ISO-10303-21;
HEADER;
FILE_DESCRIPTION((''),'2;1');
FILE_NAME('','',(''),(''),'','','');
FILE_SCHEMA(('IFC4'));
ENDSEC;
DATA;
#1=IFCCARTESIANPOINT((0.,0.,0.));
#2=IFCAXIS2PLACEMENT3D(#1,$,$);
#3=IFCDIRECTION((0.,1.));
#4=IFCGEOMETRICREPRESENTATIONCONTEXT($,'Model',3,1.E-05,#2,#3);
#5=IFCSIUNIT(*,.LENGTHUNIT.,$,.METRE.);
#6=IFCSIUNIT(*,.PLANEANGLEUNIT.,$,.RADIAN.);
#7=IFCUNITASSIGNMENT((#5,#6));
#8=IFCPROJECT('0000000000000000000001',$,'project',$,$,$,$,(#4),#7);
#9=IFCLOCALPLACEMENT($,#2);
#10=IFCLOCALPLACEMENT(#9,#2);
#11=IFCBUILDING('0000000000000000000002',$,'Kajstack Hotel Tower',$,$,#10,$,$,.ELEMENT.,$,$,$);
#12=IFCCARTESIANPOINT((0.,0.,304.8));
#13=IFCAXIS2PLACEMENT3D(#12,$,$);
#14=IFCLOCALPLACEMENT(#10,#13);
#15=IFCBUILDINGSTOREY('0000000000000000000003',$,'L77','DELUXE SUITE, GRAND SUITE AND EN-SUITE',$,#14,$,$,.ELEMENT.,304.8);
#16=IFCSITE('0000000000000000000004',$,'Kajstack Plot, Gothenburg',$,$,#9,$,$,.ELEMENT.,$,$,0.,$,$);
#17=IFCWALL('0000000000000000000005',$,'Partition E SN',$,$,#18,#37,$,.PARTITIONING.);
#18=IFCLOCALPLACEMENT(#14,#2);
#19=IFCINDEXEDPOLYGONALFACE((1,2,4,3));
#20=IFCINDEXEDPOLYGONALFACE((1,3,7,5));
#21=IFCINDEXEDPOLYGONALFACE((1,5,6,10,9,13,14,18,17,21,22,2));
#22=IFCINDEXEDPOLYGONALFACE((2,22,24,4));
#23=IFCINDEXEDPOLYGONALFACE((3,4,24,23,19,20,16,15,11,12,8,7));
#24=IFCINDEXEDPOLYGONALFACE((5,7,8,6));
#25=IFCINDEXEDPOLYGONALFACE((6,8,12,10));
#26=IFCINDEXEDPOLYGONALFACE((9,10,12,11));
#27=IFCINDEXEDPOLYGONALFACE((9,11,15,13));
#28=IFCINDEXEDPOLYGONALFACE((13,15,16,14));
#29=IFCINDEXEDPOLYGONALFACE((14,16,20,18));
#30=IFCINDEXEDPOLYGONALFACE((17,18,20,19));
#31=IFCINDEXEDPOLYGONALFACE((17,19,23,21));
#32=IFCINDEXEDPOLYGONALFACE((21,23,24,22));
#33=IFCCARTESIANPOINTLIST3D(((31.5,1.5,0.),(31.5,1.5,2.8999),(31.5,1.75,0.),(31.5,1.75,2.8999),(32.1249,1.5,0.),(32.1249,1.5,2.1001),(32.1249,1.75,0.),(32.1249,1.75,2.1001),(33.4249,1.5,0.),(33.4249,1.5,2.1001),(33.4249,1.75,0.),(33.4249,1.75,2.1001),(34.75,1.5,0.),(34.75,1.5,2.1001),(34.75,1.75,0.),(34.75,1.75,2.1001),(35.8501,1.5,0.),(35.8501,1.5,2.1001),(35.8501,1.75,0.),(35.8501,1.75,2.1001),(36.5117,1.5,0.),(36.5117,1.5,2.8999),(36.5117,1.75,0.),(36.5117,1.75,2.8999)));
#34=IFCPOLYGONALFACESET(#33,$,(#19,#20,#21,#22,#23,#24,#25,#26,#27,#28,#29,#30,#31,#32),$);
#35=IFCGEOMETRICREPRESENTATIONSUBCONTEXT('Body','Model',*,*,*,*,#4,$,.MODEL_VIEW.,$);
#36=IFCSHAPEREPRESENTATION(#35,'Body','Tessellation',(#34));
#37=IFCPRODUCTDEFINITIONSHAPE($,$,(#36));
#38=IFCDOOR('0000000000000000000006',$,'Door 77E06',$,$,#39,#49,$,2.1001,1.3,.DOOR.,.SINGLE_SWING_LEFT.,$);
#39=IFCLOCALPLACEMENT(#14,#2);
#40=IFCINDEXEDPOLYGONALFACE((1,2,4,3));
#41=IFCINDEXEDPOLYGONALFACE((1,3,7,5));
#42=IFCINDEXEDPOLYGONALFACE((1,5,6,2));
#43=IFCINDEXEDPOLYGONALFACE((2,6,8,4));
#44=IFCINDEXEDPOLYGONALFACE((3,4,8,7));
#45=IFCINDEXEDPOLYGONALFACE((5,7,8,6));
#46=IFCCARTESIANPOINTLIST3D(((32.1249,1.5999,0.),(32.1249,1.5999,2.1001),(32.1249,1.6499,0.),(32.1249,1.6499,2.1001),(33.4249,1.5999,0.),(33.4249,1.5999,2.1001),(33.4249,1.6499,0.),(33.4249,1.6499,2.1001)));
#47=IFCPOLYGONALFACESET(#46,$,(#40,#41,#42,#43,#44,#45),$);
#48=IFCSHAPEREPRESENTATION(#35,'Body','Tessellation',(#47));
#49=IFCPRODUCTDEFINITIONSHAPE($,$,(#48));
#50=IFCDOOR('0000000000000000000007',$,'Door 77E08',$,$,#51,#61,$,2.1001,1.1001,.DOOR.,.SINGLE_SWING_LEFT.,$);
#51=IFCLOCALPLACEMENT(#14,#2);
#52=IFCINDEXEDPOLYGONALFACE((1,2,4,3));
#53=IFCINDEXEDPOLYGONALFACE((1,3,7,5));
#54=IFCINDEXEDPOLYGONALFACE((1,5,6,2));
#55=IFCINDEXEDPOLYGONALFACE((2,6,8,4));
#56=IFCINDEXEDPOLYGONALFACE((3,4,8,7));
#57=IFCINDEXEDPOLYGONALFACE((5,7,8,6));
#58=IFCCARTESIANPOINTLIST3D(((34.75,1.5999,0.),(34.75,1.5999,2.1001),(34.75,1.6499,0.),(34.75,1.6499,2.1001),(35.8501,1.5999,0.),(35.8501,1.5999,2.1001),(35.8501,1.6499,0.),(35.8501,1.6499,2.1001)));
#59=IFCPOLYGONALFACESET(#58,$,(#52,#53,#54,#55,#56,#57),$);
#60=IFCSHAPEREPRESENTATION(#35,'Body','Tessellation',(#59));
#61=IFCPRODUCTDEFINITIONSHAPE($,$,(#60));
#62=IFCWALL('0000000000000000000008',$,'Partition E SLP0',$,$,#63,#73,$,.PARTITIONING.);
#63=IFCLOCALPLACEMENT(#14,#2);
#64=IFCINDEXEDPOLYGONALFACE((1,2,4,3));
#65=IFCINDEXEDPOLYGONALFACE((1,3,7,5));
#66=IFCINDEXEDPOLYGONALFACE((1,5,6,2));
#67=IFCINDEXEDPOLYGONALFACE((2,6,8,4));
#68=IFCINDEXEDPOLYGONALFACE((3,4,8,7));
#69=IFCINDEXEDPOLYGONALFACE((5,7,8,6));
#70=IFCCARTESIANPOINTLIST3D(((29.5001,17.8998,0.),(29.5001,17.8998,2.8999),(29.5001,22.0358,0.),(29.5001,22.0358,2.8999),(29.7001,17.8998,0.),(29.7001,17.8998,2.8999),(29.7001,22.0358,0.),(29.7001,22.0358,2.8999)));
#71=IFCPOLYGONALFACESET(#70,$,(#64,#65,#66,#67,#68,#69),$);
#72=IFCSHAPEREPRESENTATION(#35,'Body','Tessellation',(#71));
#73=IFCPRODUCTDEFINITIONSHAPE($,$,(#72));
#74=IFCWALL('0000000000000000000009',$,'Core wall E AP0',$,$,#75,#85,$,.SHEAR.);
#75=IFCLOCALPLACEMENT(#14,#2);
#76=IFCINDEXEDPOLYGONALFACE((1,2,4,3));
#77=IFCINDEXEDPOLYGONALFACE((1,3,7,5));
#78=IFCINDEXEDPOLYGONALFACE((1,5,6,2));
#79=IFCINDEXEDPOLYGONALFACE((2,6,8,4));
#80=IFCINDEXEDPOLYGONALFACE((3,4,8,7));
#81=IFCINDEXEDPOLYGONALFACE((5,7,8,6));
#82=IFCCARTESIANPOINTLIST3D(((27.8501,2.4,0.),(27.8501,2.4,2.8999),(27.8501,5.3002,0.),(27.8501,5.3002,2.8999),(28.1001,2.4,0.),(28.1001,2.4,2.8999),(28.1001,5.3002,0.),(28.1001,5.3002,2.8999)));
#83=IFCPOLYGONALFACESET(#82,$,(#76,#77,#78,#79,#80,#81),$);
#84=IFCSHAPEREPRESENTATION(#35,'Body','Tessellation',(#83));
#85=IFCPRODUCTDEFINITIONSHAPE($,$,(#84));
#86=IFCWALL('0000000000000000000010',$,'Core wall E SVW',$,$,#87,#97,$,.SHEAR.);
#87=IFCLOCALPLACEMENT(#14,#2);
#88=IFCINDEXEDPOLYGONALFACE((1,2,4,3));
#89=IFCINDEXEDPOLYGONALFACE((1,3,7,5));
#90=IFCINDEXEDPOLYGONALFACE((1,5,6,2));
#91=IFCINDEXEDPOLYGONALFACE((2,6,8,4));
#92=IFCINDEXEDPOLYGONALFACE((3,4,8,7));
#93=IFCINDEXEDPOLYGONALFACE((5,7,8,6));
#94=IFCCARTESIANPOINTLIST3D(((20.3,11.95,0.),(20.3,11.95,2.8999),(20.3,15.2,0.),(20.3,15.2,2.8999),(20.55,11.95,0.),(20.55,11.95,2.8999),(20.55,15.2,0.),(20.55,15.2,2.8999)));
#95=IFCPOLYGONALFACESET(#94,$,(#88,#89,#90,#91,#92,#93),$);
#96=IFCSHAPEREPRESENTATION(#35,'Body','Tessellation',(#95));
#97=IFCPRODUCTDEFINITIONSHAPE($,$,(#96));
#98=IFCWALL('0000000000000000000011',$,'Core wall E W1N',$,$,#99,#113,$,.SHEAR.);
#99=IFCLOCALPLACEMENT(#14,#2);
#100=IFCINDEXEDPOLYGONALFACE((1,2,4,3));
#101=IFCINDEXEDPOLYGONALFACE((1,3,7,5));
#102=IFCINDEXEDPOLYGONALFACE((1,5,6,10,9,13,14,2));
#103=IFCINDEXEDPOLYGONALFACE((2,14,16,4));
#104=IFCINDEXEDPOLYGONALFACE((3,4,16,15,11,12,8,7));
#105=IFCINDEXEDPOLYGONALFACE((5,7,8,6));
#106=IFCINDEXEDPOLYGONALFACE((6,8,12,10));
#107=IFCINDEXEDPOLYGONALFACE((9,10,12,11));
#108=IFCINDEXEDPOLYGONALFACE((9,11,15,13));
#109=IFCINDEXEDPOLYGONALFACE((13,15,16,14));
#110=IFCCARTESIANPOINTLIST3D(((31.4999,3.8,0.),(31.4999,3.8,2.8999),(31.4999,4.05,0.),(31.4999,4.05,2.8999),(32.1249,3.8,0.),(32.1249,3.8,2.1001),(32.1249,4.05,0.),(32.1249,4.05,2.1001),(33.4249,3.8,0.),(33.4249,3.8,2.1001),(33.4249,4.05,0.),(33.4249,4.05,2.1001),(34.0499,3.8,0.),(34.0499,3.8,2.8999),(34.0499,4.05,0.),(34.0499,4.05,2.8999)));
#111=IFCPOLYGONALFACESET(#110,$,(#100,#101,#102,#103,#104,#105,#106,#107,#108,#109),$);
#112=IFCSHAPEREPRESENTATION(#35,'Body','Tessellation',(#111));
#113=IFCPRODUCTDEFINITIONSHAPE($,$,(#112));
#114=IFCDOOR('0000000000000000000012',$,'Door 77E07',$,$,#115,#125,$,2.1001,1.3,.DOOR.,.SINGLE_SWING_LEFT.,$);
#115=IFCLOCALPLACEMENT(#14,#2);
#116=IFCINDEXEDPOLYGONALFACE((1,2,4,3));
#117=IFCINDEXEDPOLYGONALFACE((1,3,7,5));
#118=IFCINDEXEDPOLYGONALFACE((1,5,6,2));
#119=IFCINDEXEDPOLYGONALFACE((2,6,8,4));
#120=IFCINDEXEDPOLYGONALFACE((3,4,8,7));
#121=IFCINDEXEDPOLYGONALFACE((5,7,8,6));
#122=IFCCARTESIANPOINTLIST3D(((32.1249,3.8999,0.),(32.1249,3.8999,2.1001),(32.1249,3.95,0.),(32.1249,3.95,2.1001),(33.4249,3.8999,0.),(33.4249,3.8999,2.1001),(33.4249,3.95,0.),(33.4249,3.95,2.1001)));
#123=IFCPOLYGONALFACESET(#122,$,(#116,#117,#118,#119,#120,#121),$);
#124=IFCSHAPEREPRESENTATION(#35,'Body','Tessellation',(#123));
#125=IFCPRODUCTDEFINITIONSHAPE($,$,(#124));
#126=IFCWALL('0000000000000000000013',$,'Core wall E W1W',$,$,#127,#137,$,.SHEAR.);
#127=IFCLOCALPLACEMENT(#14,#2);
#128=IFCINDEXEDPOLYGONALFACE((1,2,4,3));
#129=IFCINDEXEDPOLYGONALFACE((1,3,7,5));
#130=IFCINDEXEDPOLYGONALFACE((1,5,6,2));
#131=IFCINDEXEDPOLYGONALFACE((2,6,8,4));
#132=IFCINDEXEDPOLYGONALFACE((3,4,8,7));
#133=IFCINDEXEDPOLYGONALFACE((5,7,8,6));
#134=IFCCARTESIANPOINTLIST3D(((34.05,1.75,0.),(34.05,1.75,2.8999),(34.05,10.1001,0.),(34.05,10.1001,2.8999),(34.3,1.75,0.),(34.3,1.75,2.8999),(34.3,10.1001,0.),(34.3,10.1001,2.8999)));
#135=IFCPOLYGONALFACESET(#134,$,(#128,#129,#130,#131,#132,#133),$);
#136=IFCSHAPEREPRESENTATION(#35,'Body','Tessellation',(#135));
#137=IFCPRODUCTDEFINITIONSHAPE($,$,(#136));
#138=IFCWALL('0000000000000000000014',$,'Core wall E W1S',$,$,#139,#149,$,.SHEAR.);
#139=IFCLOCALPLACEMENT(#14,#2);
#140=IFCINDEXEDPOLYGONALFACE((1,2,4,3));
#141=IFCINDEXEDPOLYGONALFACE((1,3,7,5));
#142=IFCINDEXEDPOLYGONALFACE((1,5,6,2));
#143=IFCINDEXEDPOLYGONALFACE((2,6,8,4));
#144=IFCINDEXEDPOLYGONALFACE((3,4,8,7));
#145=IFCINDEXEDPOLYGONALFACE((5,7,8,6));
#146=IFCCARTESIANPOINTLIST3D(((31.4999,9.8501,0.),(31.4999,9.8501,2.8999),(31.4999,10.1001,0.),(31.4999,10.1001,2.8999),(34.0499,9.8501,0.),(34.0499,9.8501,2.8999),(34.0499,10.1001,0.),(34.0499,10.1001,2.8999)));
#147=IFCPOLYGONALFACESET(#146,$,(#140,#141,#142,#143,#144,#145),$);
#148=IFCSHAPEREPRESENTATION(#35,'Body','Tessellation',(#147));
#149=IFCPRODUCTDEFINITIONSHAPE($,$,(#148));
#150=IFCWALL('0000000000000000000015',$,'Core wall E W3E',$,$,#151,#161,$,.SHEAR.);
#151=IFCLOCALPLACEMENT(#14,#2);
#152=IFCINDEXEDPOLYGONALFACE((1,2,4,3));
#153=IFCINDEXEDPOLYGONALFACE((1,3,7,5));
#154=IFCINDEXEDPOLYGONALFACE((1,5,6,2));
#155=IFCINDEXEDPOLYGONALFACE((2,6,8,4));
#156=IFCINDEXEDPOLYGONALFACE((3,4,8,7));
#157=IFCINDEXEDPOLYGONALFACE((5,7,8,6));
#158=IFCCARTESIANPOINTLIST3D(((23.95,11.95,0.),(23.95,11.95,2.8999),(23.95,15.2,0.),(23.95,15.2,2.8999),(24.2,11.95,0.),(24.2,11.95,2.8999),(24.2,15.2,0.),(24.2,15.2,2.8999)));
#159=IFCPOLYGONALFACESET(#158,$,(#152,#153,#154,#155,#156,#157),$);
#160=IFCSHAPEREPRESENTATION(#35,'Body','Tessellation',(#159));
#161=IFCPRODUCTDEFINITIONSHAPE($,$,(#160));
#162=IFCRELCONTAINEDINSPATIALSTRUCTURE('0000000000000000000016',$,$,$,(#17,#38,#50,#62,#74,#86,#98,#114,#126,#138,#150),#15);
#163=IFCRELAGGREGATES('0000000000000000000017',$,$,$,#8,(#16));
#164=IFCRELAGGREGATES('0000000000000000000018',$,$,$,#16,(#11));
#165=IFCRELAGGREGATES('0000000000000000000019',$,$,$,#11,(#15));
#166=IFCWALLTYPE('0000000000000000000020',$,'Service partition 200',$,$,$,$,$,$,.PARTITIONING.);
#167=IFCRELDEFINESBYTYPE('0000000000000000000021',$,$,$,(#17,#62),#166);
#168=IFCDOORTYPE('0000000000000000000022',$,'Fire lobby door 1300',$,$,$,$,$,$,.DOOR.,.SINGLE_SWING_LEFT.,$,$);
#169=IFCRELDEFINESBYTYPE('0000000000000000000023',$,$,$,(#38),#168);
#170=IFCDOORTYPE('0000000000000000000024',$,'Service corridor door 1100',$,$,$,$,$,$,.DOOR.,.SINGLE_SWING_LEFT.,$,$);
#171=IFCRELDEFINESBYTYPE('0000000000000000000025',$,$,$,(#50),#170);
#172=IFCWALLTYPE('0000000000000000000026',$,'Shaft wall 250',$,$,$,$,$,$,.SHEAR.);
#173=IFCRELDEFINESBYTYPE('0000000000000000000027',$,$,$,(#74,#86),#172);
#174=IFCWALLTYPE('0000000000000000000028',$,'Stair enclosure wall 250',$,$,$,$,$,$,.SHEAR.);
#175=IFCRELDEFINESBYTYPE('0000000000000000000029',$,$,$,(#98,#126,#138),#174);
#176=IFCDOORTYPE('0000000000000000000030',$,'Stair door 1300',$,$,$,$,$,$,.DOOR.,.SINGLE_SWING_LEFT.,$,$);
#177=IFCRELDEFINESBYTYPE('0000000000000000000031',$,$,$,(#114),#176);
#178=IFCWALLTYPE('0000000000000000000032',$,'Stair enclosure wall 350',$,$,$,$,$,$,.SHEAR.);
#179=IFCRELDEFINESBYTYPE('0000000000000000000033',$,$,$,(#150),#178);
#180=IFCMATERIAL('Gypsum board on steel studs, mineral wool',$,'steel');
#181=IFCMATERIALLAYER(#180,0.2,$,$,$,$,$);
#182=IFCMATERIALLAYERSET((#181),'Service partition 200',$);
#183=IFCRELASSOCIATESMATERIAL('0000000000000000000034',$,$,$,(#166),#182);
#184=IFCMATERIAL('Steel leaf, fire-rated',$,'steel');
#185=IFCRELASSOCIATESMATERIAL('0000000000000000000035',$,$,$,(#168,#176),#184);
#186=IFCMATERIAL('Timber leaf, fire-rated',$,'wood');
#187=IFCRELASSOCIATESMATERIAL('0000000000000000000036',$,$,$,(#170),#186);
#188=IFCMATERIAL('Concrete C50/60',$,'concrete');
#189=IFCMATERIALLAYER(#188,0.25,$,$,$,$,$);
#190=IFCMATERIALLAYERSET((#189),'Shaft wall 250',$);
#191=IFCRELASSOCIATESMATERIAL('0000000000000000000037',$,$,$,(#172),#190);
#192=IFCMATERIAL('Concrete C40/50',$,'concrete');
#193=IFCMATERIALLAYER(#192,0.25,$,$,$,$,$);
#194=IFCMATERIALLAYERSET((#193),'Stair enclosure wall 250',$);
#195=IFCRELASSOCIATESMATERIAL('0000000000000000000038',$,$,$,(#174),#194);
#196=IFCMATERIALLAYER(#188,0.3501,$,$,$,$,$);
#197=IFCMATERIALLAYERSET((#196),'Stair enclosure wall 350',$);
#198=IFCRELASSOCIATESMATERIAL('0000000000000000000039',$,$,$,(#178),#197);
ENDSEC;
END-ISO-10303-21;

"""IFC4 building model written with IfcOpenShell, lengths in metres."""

from ifc_helpers import new_model, si_unit, direction, frame, frame_2d, origin, place, context, subcontext, project, spatial, rectangle, extrude, material, layer, layer_set, type_object, element, fill, save


model = new_model("IFC4")

# Units and contexts
model_context = context("Model", 3, precision=1e-05, world=origin(), true_north=direction((0.0, 1.0)))
body_context = subcontext(model_context, "Body", "Model", "MODEL_VIEW")
ifc_project = project(units=[si_unit("LENGTHUNIT", "METRE"), si_unit("PLANEANGLEUNIT", "RADIAN")], contexts=[model_context])

# Site, building, storey
site_placement = place(None, origin())
site = spatial("IfcSite", under=ifc_project, at=site_placement, Name="Kajstack Plot, Gothenburg", CompositionType="ELEMENT", RefElevation=0.0)
building_placement = place(site_placement, origin())
building = spatial("IfcBuilding", under=site, at=building_placement, Name="Kajstack Hotel Tower", CompositionType="ELEMENT")
storey_placement = place(building_placement, frame((0.0, 0.0, 304.8)))
storey = spatial("IfcBuildingStorey", under=building, at=storey_placement, Name="L77", Description="DELUXE SUITE, GRAND SUITE AND EN-SUITE", CompositionType="ELEMENT", Elevation=304.8)

# Shared definitions
ifc_material_1 = material(Name="Concrete C40/50", Category="concrete")
ifc_material_2 = material(Name="Concrete C50/60", Category="concrete")

# Wall, openings, doors
ifc_material_3 = material(Name="Gypsum board on steel studs, mineral wool", Category="steel")
ifc_layer_1 = layer(ifc_material_3, 0.2)
ifc_layer_set_1 = layer_set([ifc_layer_1], Name="Service partition 200")
wall_type_1 = type_object("IfcWallType", Name="Service partition 200", PredefinedType="PARTITIONING", material=ifc_layer_set_1)
wall_1_placement = place(storey_placement, frame((31.5, 1.625, 0.0), z_axis=(0.0, 0.0, 1.0), x_axis=(1.0, 0.0, 0.0)))
wall_1 = element("IfcWall", 1, at=wall_1_placement, inside=storey, type_object=wall_type_1, Name="Partition E SN", PredefinedType="PARTITIONING", context=body_context, shape_type="SweptSolid", body=[
    extrude(rectangle(XDim=5.0117, YDim=0.25, at=frame_2d((2.5059, 0.0))), origin(), (0.0, 0.0, 1.0), 2.8999),
])
opening_1_placement = place(wall_1_placement, frame((0.625, 0.0, 0.0)))
opening_1 = element("IfcOpeningElement", 2, at=opening_1_placement, cuts=wall_1, PredefinedType="OPENING", context=body_context, shape_type="SweptSolid", body=[
    extrude(rectangle(XDim=1.3, YDim=2.1001, at=frame_2d((0.6499, 1.05))), frame((0.0, 0.135, 0.0), z_axis=(0.0, -1.0, 0.0), x_axis=(1.0, 0.0, 0.0)), (0.0, 0.0, 1.0), 0.27),
])
opening_2_placement = place(wall_1_placement, frame((3.25, 0.0, 0.0)))
opening_2 = element("IfcOpeningElement", 3, at=opening_2_placement, cuts=wall_1, PredefinedType="OPENING", context=body_context, shape_type="SweptSolid", body=[
    extrude(rectangle(XDim=1.1001, YDim=2.1001, at=frame_2d((0.55, 1.05))), frame((0.0, 0.135, 0.0), z_axis=(0.0, -1.0, 0.0), x_axis=(1.0, 0.0, 0.0)), (0.0, 0.0, 1.0), 0.27),
])
ifc_material_4 = material(Name="Steel leaf, fire-rated", Category="steel")
door_type_1 = type_object("IfcDoorType", Name="Fire lobby door 1300", OperationType="SINGLE_SWING_LEFT", PredefinedType="DOOR", material=ifc_material_4)
door_1_placement = place(opening_1_placement, origin())
door_1 = element("IfcDoor", 4, at=door_1_placement, inside=storey, type_object=door_type_1, Name="Door 77E06", OperationType="SINGLE_SWING_LEFT", OverallHeight=2.1001, OverallWidth=1.3, PredefinedType="DOOR", context=body_context, shape_type="SweptSolid", body=[
    extrude(rectangle(XDim=1.3, YDim=2.1001, at=frame_2d((0.6499, 1.05))), frame((0.0, 0.0249, 0.0), z_axis=(0.0, -1.0, 0.0), x_axis=(1.0, 0.0, 0.0)), (0.0, 0.0, 1.0), 0.05),
])
fill(opening_1, door_1)
ifc_material_5 = material(Name="Timber leaf, fire-rated", Category="wood")
door_type_2 = type_object("IfcDoorType", Name="Service corridor door 1100", OperationType="SINGLE_SWING_LEFT", PredefinedType="DOOR", material=ifc_material_5)
door_2_placement = place(opening_2_placement, origin())
door_2 = element("IfcDoor", 5, at=door_2_placement, inside=storey, type_object=door_type_2, Name="Door 77E08", OperationType="SINGLE_SWING_LEFT", OverallHeight=2.1001, OverallWidth=1.1001, PredefinedType="DOOR", context=body_context, shape_type="SweptSolid", body=[
    extrude(rectangle(XDim=1.1001, YDim=2.1001, at=frame_2d((0.55, 1.05))), frame((0.0, 0.0249, 0.0), z_axis=(0.0, -1.0, 0.0), x_axis=(1.0, 0.0, 0.0)), (0.0, 0.0, 1.0), 0.05),
])
fill(opening_2, door_2)

# Walls
wall_2_placement = place(storey_placement, frame((29.6001, 17.8999, 0.0), z_axis=(0.0, 0.0, 1.0), x_axis=(0.0, 1.0, 0.0)))
element("IfcWall", 6, at=wall_2_placement, inside=storey, type_object=wall_type_1, Name="Partition E SLP0", PredefinedType="PARTITIONING", context=body_context, shape_type="SweptSolid", body=[
    extrude(rectangle(XDim=4.136, YDim=0.2, at=frame_2d((2.0679, 0.0))), origin(), (0.0, 0.0, 1.0), 2.8999),
])
ifc_layer_2 = layer(ifc_material_2, 0.25)
ifc_layer_set_2 = layer_set([ifc_layer_2], Name="Shaft wall 250")
wall_type_2 = type_object("IfcWallType", Name="Shaft wall 250", PredefinedType="SHEAR", material=ifc_layer_set_2)
wall_3_placement = place(storey_placement, frame((27.9751, 2.3999, 0.0), z_axis=(0.0, 0.0, 1.0), x_axis=(0.0, 1.0, 0.0)))
element("IfcWall", 7, at=wall_3_placement, inside=storey, type_object=wall_type_2, Name="Core wall E AP0", PredefinedType="SHEAR", context=body_context, shape_type="SweptSolid", body=[
    extrude(rectangle(XDim=2.9001, YDim=0.25, at=frame_2d((1.4502, 0.0))), origin(), (0.0, 0.0, 1.0), 2.8999),
])
wall_4_placement = place(storey_placement, frame((20.425, 11.95, 0.0), z_axis=(0.0, 0.0, 1.0), x_axis=(0.0, 1.0, 0.0)))
element("IfcWall", 8, at=wall_4_placement, inside=storey, type_object=wall_type_2, Name="Core wall E SVW", PredefinedType="SHEAR", context=body_context, shape_type="SweptSolid", body=[
    extrude(rectangle(XDim=3.25, YDim=0.25, at=frame_2d((1.625, 0.0))), origin(), (0.0, 0.0, 1.0), 2.8999),
])

# Wall, opening, door
ifc_layer_3 = layer(ifc_material_1, 0.25)
ifc_layer_set_3 = layer_set([ifc_layer_3], Name="Stair enclosure wall 250")
wall_type_3 = type_object("IfcWallType", Name="Stair enclosure wall 250", PredefinedType="SHEAR", material=ifc_layer_set_3)
wall_5_placement = place(storey_placement, frame((31.5, 3.925, 0.0), z_axis=(0.0, 0.0, 1.0), x_axis=(1.0, 0.0, 0.0)))
wall_5 = element("IfcWall", 9, at=wall_5_placement, inside=storey, type_object=wall_type_3, Name="Core wall E W1N", PredefinedType="SHEAR", context=body_context, shape_type="SweptSolid", body=[
    extrude(rectangle(XDim=2.55, YDim=0.25, at=frame_2d((1.2749, 0.0))), origin(), (0.0, 0.0, 1.0), 2.8999),
])
opening_3_placement = place(wall_5_placement, frame((0.625, 0.0, 0.0)))
opening_3 = element("IfcOpeningElement", 10, at=opening_3_placement, cuts=wall_5, PredefinedType="OPENING", context=body_context, shape_type="SweptSolid", body=[
    extrude(rectangle(XDim=1.3, YDim=2.1001, at=frame_2d((0.6499, 1.05))), frame((0.0, 0.135, 0.0), z_axis=(0.0, -1.0, 0.0), x_axis=(1.0, 0.0, 0.0)), (0.0, 0.0, 1.0), 0.27),
])
door_type_3 = type_object("IfcDoorType", Name="Stair door 1300", OperationType="SINGLE_SWING_LEFT", PredefinedType="DOOR", material=ifc_material_4)
door_3_placement = place(opening_3_placement, origin())
door_3 = element("IfcDoor", 11, at=door_3_placement, inside=storey, type_object=door_type_3, Name="Door 77E07", OperationType="SINGLE_SWING_LEFT", OverallHeight=2.1001, OverallWidth=1.3, PredefinedType="DOOR", context=body_context, shape_type="SweptSolid", body=[
    extrude(rectangle(XDim=1.3, YDim=2.1001, at=frame_2d((0.6499, 1.05))), frame((0.0, 0.0249, 0.0), z_axis=(0.0, -1.0, 0.0), x_axis=(1.0, 0.0, 0.0)), (0.0, 0.0, 1.0), 0.05),
])
fill(opening_3, door_3)

# Walls
wall_6_placement = place(storey_placement, frame((34.175, 1.75, 0.0), z_axis=(0.0, 0.0, 1.0), x_axis=(0.0, 1.0, 0.0)))
element("IfcWall", 12, at=wall_6_placement, inside=storey, type_object=wall_type_3, Name="Core wall E W1W", PredefinedType="SHEAR", context=body_context, shape_type="SweptSolid", body=[
    extrude(rectangle(XDim=8.3501, YDim=0.25, at=frame_2d((4.175, 0.0))), origin(), (0.0, 0.0, 1.0), 2.8999),
])
wall_7_placement = place(storey_placement, frame((31.5, 9.9751, 0.0), z_axis=(0.0, 0.0, 1.0), x_axis=(1.0, 0.0, 0.0)))
element("IfcWall", 13, at=wall_7_placement, inside=storey, type_object=wall_type_3, Name="Core wall E W1S", PredefinedType="SHEAR", context=body_context, shape_type="SweptSolid", body=[
    extrude(rectangle(XDim=2.55, YDim=0.25, at=frame_2d((1.2749, 0.0))), origin(), (0.0, 0.0, 1.0), 2.8999),
])
ifc_layer_4 = layer(ifc_material_2, 0.3501)
ifc_layer_set_4 = layer_set([ifc_layer_4], Name="Stair enclosure wall 350")
wall_type_4 = type_object("IfcWallType", Name="Stair enclosure wall 350", PredefinedType="SHEAR", material=ifc_layer_set_4)
wall_8_placement = place(storey_placement, frame((24.075, 11.95, 0.0), z_axis=(0.0, 0.0, 1.0), x_axis=(0.0, 1.0, 0.0)))
element("IfcWall", 14, at=wall_8_placement, inside=storey, type_object=wall_type_4, Name="Core wall E W3E", PredefinedType="SHEAR", context=body_context, shape_type="SweptSolid", body=[
    extrude(rectangle(XDim=3.25, YDim=0.25, at=frame_2d((1.625, 0.0))), origin(), (0.0, 0.0, 1.0), 2.8999),
])

save(model, "model.ifc")
